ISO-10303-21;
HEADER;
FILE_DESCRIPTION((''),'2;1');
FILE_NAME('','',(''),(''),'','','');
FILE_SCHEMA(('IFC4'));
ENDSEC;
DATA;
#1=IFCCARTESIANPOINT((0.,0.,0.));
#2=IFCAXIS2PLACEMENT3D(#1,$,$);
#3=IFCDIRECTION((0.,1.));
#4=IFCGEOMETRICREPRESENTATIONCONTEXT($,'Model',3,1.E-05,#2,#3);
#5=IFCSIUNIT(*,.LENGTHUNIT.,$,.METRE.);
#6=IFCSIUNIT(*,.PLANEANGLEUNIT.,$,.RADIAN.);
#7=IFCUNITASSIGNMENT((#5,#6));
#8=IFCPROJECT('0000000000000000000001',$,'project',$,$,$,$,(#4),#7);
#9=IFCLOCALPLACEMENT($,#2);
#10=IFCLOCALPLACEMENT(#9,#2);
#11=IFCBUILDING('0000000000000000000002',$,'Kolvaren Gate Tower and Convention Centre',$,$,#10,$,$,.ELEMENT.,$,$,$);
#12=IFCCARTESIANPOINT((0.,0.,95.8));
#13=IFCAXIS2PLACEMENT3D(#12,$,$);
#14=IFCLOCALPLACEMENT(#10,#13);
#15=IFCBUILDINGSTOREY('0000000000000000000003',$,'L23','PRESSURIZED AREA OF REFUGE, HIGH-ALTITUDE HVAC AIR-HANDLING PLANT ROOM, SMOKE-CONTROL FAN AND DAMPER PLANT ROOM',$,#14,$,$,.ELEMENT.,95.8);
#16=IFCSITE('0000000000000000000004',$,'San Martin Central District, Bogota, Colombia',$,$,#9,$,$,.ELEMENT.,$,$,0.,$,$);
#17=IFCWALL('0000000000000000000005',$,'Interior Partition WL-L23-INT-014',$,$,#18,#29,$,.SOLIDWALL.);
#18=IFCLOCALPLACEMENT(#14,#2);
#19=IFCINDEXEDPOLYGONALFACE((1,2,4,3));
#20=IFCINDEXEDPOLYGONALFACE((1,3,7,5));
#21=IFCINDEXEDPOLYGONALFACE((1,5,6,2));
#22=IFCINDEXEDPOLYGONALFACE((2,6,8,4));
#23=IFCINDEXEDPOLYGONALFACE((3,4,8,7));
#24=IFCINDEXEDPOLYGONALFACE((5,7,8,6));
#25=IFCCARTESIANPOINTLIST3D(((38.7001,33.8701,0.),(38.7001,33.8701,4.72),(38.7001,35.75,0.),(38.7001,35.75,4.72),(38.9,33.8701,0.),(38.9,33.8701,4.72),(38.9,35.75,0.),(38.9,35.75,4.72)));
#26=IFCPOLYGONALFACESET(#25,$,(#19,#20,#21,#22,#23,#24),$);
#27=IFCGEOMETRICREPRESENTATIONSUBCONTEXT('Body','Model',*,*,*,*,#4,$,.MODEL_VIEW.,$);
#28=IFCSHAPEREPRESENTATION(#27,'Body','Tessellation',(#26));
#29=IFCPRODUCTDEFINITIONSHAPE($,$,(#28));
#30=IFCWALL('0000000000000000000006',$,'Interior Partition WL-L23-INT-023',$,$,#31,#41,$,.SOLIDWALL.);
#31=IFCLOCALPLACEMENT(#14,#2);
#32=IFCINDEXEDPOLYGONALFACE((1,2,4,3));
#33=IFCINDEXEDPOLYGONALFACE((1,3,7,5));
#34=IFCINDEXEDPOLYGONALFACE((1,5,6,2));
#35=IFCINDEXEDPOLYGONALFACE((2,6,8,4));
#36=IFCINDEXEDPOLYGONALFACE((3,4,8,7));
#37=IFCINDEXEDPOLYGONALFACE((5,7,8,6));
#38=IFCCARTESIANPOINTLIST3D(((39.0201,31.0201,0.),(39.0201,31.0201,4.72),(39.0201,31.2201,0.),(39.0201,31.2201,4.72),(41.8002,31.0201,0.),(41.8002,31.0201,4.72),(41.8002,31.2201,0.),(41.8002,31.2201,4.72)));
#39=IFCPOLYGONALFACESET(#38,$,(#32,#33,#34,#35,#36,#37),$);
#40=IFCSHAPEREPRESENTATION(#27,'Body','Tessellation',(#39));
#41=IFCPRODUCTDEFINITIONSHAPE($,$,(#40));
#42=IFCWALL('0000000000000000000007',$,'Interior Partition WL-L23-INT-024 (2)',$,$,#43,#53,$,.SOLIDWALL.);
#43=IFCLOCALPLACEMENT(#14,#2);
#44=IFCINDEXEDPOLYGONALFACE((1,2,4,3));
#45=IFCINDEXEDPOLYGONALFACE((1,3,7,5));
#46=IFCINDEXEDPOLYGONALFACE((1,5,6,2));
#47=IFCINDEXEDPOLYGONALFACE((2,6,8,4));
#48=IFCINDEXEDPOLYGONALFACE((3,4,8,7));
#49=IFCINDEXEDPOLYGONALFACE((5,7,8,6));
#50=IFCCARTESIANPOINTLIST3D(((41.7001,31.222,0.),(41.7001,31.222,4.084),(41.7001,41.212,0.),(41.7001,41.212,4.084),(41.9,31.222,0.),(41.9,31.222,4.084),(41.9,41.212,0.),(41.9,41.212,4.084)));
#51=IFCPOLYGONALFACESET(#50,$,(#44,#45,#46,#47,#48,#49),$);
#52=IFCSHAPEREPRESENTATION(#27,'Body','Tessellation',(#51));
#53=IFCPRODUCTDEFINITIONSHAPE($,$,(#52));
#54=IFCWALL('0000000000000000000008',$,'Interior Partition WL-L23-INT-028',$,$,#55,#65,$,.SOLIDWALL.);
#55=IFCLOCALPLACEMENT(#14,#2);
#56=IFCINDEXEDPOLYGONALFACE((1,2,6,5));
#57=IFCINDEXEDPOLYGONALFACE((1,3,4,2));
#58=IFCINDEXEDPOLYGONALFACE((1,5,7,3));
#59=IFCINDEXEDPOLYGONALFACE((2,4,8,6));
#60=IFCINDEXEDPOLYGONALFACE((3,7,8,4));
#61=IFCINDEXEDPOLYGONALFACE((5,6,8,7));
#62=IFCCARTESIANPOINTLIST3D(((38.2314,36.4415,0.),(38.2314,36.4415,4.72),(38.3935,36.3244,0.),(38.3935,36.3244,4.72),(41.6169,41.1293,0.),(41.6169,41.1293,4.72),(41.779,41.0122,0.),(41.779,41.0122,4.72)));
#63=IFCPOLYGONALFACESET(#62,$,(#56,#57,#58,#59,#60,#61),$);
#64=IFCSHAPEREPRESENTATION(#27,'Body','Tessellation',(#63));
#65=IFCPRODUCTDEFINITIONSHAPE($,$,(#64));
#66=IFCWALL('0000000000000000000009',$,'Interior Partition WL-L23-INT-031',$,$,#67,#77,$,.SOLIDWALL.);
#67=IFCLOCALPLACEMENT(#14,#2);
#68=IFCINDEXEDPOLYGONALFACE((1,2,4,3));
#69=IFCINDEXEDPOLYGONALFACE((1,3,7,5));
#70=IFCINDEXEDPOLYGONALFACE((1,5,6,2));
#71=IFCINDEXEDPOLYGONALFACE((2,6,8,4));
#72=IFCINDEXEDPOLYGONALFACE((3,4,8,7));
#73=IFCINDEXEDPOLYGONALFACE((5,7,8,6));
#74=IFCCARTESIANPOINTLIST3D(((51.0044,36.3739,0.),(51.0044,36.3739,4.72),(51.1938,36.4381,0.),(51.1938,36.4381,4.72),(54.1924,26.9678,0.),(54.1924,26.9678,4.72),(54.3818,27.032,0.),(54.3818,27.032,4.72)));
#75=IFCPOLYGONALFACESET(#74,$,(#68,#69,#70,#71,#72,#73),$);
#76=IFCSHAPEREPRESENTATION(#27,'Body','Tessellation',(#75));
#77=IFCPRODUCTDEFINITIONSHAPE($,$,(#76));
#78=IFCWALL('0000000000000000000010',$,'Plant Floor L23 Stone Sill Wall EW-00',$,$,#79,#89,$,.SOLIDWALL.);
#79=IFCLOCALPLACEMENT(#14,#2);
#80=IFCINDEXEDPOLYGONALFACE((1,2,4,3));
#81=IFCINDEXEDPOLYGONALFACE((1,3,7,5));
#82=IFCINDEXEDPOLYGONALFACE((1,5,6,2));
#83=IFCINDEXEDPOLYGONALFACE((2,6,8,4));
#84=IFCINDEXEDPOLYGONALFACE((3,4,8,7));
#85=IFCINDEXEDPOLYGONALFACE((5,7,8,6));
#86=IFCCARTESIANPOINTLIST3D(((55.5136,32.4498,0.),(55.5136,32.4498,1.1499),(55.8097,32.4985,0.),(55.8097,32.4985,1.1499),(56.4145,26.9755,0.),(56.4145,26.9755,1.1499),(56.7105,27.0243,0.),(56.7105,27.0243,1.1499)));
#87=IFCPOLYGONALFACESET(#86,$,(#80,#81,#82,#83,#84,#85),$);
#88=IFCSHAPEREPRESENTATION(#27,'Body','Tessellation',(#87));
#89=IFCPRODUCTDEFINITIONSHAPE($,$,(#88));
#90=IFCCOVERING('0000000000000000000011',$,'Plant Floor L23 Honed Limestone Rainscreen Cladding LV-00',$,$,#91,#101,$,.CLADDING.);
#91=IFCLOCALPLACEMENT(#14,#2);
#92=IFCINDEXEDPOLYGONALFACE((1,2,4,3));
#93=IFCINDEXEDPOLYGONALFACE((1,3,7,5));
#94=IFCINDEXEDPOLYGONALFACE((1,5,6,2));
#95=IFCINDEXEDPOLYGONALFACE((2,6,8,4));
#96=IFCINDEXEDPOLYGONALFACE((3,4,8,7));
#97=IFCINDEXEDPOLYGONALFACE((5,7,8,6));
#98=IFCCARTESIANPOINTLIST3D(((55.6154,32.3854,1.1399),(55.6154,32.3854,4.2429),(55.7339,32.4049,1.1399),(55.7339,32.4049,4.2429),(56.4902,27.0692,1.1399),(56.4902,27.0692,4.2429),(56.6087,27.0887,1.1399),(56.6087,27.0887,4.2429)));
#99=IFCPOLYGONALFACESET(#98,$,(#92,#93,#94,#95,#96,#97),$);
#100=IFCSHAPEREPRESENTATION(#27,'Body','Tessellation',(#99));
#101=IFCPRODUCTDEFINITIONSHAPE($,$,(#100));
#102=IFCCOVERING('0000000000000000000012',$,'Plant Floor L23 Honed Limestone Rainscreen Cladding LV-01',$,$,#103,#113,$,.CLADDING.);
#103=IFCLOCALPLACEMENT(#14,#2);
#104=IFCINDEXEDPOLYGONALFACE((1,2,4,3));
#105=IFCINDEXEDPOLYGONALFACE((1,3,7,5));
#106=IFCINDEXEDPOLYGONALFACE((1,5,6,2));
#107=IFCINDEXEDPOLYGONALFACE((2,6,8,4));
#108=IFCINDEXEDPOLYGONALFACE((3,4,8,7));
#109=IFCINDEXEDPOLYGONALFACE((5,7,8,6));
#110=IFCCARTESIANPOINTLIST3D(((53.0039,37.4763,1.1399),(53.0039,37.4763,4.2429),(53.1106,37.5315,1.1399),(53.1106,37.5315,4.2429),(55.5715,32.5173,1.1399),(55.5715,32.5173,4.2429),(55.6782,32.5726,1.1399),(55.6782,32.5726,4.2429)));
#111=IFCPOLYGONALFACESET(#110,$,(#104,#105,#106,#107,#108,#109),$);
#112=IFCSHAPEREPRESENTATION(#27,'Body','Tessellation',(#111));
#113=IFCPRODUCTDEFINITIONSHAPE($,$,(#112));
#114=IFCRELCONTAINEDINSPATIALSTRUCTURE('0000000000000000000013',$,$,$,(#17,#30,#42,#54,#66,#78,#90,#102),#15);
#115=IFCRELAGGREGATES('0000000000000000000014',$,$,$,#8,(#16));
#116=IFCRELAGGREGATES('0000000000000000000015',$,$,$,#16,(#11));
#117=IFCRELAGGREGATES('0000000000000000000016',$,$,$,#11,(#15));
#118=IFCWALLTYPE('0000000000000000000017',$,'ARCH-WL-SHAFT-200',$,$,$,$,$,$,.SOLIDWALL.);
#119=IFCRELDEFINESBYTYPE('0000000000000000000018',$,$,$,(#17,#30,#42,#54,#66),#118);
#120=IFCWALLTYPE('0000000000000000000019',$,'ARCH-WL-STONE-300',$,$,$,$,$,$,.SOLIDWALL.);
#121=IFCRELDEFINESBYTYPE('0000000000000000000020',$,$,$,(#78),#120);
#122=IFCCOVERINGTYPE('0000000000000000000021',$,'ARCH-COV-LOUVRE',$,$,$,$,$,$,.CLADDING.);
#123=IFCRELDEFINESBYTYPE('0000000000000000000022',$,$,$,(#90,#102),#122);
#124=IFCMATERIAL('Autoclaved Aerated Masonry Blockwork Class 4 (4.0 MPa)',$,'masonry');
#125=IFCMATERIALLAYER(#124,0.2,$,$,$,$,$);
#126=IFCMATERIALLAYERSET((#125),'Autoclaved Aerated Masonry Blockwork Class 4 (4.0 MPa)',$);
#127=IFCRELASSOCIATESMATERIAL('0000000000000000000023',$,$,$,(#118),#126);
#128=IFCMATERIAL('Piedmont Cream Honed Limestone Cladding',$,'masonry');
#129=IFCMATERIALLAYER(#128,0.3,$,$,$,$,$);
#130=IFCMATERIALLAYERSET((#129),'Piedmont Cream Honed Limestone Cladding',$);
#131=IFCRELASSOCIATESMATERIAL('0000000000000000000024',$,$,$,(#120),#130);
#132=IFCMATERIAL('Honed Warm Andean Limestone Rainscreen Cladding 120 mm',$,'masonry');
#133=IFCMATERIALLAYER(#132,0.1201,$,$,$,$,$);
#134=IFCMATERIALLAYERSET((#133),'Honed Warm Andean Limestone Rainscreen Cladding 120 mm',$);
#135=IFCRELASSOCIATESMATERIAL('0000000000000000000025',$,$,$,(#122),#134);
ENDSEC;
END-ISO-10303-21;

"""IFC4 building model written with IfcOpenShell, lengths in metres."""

from ifc_helpers import new_model, si_unit, direction, frame, frame_2d, origin, origin_2d, place, context, subcontext, project, spatial, rectangle, extrude, material, layer, layer_set, type_object, element, save


model = new_model("IFC4")

# Units and contexts
model_context = context("Model", 3, precision=1e-05, world=origin(), true_north=direction((0.0, 1.0)))
body_context = subcontext(model_context, "Body", "Model", "MODEL_VIEW")
ifc_project = project(units=[si_unit("LENGTHUNIT", "METRE"), si_unit("PLANEANGLEUNIT", "RADIAN")], contexts=[model_context])

# Site, building, storey
site_placement = place(None, origin())
site = spatial("IfcSite", under=ifc_project, at=site_placement, Name="San Martin Central District, Bogota, Colombia", CompositionType="ELEMENT", RefElevation=0.0)
building_placement = place(site_placement, origin())
building = spatial("IfcBuilding", under=site, at=building_placement, Name="Kolvaren Gate Tower and Convention Centre", CompositionType="ELEMENT")
storey_placement = place(building_placement, frame((0.0, 0.0, 95.8)))
storey = spatial("IfcBuildingStorey", under=building, at=storey_placement, Name="L23", Description="PRESSURIZED AREA OF REFUGE, HIGH-ALTITUDE HVAC AIR-HANDLING PLANT ROOM, SMOKE-CONTROL FAN AND DAMPER PLANT ROOM", CompositionType="ELEMENT", Elevation=95.8)

# Walls
ifc_material_1 = material(Name="Autoclaved Aerated Masonry Blockwork Class 4 (4.0 MPa)", Category="masonry")
ifc_layer_1 = layer(ifc_material_1, 0.2)
ifc_layer_set_1 = layer_set([ifc_layer_1], Name="Autoclaved Aerated Masonry Blockwork Class 4 (4.0 MPa)")
wall_type_1 = type_object("IfcWallType", Name="ARCH-WL-SHAFT-200", PredefinedType="SOLIDWALL", material=ifc_layer_set_1)
wall_1_placement = place(storey_placement, frame((38.8, 33.8701, 0.0), z_axis=(0.0, 0.0, 1.0), x_axis=(0.0, 1.0, 0.0)))
element("IfcWall", 1, at=wall_1_placement, inside=storey, type_object=wall_type_1, Name="Interior Partition WL-L23-INT-014", PredefinedType="SOLIDWALL", context=body_context, shape_type="SweptSolid", body=[
    extrude(rectangle(XDim=1.8799, YDim=0.2, at=frame_2d((0.9399, 0.0))), origin(), (0.0, 0.0, 1.0), 4.72),
])
wall_2_placement = place(storey_placement, frame((39.02, 31.1201, 0.0), z_axis=(0.0, 0.0, 1.0), x_axis=(1.0, 0.0, 0.0)))
element("IfcWall", 2, at=wall_2_placement, inside=storey, type_object=wall_type_1, Name="Interior Partition WL-L23-INT-023", PredefinedType="SOLIDWALL", context=body_context, shape_type="SweptSolid", body=[
    extrude(rectangle(XDim=2.78, YDim=0.2, at=frame_2d((1.3901, 0.0))), origin(), (0.0, 0.0, 1.0), 4.72),
])
wall_3_placement = place(storey_placement, frame((41.8, 31.2219, 0.0), z_axis=(0.0, 0.0, 1.0), x_axis=(0.0, 1.0, 0.0)))
element("IfcWall", 3, at=wall_3_placement, inside=storey, type_object=wall_type_1, Name="Interior Partition WL-L23-INT-024 (2)", PredefinedType="SOLIDWALL", context=body_context, shape_type="SweptSolid", body=[
    extrude(rectangle(XDim=9.99, YDim=0.2, at=frame_2d((4.9951, 0.0))), origin(), (0.0, 0.0, 1.0), 4.084),
])
wall_4_placement = place(storey_placement, frame((38.3125, 36.3831, 0.0), z_axis=(0.0, 0.0, 1.0), x_axis=(0.58548, 0.810687, 0.0)))
element("IfcWall", 4, at=wall_4_placement, inside=storey, type_object=wall_type_1, Name="Interior Partition WL-L23-INT-028", PredefinedType="SOLIDWALL", context=body_context, shape_type="SweptSolid", body=[
    extrude(rectangle(XDim=5.7825, YDim=0.2, at=frame_2d((2.8911, 0.0))), origin(), (0.0, 0.0, 1.0), 4.72),
])
wall_5_placement = place(storey_placement, frame((51.0991, 36.406, 0.0), z_axis=(0.0, 0.0, 1.0), x_axis=(0.320995, -0.947081, 0.0)))
element("IfcWall", 5, at=wall_5_placement, inside=storey, type_object=wall_type_1, Name="Interior Partition WL-L23-INT-031", PredefinedType="SOLIDWALL", context=body_context, shape_type="SweptSolid", body=[
    extrude(rectangle(XDim=9.9316, YDim=0.2, at=frame_2d((4.9658, 0.0))), origin(), (0.0, 0.0, 1.0), 4.72),
])
ifc_material_2 = material(Name="Piedmont Cream Honed Limestone Cladding", Category="masonry")
ifc_layer_2 = layer(ifc_material_2, 0.3)
ifc_layer_set_2 = layer_set([ifc_layer_2], Name="Piedmont Cream Honed Limestone Cladding")
wall_type_2 = type_object("IfcWallType", Name="ARCH-WL-STONE-300", PredefinedType="SOLIDWALL", material=ifc_layer_set_2)
wall_6_placement = place(storey_placement, frame((55.6616, 32.4741, 0.0), z_axis=(0.0, 0.0, 1.0), x_axis=(0.162386, -0.986727, 0.0)))
element("IfcWall", 6, at=wall_6_placement, inside=storey, type_object=wall_type_2, Name="Plant Floor L23 Stone Sill Wall EW-00", PredefinedType="SOLIDWALL", context=body_context, shape_type="SweptSolid", body=[
    extrude(rectangle(XDim=5.5479, YDim=0.3, at=frame_2d((2.7739, 0.0))), origin(), (0.0, 0.0, 1.0), 1.1499),
])

# Coverings
ifc_material_3 = material(Name="Honed Warm Andean Limestone Rainscreen Cladding 120 mm", Category="masonry")
ifc_layer_3 = layer(ifc_material_3, 0.1201)
ifc_layer_set_3 = layer_set([ifc_layer_3], Name="Honed Warm Andean Limestone Rainscreen Cladding 120 mm")
covering_type = type_object("IfcCoveringType", Name="ARCH-COV-LOUVRE", PredefinedType="CLADDING", material=ifc_layer_set_3)
covering_1_placement = place(storey_placement, frame((56.1121, 29.7371, 1.1399), z_axis=(0.0, 0.0, 1.0), x_axis=(0.162375, -0.986729, 0.0)))
element("IfcCovering", 7, at=covering_1_placement, inside=storey, type_object=covering_type, Name="Plant Floor L23 Honed Limestone Rainscreen Cladding LV-00", PredefinedType="CLADDING", context=body_context, shape_type="SweptSolid", body=[
    extrude(rectangle(XDim=5.3877, YDim=0.1201, at=origin_2d()), origin(), (0.0, 0.0, 1.0), 3.103),
])
covering_2_placement = place(storey_placement, frame((54.3411, 35.0244, 1.1399), z_axis=(0.0, 0.0, 1.0), x_axis=(0.459802, -0.888022, 0.0)))
element("IfcCovering", 8, at=covering_2_placement, inside=storey, type_object=covering_type, Name="Plant Floor L23 Honed Limestone Rainscreen Cladding LV-01", PredefinedType="CLADDING", context=body_context, shape_type="SweptSolid", body=[
    extrude(rectangle(XDim=5.5842, YDim=0.1201, at=origin_2d()), origin(), (0.0, 0.0, 1.0), 3.103),
])

save(model, "model.ifc")
